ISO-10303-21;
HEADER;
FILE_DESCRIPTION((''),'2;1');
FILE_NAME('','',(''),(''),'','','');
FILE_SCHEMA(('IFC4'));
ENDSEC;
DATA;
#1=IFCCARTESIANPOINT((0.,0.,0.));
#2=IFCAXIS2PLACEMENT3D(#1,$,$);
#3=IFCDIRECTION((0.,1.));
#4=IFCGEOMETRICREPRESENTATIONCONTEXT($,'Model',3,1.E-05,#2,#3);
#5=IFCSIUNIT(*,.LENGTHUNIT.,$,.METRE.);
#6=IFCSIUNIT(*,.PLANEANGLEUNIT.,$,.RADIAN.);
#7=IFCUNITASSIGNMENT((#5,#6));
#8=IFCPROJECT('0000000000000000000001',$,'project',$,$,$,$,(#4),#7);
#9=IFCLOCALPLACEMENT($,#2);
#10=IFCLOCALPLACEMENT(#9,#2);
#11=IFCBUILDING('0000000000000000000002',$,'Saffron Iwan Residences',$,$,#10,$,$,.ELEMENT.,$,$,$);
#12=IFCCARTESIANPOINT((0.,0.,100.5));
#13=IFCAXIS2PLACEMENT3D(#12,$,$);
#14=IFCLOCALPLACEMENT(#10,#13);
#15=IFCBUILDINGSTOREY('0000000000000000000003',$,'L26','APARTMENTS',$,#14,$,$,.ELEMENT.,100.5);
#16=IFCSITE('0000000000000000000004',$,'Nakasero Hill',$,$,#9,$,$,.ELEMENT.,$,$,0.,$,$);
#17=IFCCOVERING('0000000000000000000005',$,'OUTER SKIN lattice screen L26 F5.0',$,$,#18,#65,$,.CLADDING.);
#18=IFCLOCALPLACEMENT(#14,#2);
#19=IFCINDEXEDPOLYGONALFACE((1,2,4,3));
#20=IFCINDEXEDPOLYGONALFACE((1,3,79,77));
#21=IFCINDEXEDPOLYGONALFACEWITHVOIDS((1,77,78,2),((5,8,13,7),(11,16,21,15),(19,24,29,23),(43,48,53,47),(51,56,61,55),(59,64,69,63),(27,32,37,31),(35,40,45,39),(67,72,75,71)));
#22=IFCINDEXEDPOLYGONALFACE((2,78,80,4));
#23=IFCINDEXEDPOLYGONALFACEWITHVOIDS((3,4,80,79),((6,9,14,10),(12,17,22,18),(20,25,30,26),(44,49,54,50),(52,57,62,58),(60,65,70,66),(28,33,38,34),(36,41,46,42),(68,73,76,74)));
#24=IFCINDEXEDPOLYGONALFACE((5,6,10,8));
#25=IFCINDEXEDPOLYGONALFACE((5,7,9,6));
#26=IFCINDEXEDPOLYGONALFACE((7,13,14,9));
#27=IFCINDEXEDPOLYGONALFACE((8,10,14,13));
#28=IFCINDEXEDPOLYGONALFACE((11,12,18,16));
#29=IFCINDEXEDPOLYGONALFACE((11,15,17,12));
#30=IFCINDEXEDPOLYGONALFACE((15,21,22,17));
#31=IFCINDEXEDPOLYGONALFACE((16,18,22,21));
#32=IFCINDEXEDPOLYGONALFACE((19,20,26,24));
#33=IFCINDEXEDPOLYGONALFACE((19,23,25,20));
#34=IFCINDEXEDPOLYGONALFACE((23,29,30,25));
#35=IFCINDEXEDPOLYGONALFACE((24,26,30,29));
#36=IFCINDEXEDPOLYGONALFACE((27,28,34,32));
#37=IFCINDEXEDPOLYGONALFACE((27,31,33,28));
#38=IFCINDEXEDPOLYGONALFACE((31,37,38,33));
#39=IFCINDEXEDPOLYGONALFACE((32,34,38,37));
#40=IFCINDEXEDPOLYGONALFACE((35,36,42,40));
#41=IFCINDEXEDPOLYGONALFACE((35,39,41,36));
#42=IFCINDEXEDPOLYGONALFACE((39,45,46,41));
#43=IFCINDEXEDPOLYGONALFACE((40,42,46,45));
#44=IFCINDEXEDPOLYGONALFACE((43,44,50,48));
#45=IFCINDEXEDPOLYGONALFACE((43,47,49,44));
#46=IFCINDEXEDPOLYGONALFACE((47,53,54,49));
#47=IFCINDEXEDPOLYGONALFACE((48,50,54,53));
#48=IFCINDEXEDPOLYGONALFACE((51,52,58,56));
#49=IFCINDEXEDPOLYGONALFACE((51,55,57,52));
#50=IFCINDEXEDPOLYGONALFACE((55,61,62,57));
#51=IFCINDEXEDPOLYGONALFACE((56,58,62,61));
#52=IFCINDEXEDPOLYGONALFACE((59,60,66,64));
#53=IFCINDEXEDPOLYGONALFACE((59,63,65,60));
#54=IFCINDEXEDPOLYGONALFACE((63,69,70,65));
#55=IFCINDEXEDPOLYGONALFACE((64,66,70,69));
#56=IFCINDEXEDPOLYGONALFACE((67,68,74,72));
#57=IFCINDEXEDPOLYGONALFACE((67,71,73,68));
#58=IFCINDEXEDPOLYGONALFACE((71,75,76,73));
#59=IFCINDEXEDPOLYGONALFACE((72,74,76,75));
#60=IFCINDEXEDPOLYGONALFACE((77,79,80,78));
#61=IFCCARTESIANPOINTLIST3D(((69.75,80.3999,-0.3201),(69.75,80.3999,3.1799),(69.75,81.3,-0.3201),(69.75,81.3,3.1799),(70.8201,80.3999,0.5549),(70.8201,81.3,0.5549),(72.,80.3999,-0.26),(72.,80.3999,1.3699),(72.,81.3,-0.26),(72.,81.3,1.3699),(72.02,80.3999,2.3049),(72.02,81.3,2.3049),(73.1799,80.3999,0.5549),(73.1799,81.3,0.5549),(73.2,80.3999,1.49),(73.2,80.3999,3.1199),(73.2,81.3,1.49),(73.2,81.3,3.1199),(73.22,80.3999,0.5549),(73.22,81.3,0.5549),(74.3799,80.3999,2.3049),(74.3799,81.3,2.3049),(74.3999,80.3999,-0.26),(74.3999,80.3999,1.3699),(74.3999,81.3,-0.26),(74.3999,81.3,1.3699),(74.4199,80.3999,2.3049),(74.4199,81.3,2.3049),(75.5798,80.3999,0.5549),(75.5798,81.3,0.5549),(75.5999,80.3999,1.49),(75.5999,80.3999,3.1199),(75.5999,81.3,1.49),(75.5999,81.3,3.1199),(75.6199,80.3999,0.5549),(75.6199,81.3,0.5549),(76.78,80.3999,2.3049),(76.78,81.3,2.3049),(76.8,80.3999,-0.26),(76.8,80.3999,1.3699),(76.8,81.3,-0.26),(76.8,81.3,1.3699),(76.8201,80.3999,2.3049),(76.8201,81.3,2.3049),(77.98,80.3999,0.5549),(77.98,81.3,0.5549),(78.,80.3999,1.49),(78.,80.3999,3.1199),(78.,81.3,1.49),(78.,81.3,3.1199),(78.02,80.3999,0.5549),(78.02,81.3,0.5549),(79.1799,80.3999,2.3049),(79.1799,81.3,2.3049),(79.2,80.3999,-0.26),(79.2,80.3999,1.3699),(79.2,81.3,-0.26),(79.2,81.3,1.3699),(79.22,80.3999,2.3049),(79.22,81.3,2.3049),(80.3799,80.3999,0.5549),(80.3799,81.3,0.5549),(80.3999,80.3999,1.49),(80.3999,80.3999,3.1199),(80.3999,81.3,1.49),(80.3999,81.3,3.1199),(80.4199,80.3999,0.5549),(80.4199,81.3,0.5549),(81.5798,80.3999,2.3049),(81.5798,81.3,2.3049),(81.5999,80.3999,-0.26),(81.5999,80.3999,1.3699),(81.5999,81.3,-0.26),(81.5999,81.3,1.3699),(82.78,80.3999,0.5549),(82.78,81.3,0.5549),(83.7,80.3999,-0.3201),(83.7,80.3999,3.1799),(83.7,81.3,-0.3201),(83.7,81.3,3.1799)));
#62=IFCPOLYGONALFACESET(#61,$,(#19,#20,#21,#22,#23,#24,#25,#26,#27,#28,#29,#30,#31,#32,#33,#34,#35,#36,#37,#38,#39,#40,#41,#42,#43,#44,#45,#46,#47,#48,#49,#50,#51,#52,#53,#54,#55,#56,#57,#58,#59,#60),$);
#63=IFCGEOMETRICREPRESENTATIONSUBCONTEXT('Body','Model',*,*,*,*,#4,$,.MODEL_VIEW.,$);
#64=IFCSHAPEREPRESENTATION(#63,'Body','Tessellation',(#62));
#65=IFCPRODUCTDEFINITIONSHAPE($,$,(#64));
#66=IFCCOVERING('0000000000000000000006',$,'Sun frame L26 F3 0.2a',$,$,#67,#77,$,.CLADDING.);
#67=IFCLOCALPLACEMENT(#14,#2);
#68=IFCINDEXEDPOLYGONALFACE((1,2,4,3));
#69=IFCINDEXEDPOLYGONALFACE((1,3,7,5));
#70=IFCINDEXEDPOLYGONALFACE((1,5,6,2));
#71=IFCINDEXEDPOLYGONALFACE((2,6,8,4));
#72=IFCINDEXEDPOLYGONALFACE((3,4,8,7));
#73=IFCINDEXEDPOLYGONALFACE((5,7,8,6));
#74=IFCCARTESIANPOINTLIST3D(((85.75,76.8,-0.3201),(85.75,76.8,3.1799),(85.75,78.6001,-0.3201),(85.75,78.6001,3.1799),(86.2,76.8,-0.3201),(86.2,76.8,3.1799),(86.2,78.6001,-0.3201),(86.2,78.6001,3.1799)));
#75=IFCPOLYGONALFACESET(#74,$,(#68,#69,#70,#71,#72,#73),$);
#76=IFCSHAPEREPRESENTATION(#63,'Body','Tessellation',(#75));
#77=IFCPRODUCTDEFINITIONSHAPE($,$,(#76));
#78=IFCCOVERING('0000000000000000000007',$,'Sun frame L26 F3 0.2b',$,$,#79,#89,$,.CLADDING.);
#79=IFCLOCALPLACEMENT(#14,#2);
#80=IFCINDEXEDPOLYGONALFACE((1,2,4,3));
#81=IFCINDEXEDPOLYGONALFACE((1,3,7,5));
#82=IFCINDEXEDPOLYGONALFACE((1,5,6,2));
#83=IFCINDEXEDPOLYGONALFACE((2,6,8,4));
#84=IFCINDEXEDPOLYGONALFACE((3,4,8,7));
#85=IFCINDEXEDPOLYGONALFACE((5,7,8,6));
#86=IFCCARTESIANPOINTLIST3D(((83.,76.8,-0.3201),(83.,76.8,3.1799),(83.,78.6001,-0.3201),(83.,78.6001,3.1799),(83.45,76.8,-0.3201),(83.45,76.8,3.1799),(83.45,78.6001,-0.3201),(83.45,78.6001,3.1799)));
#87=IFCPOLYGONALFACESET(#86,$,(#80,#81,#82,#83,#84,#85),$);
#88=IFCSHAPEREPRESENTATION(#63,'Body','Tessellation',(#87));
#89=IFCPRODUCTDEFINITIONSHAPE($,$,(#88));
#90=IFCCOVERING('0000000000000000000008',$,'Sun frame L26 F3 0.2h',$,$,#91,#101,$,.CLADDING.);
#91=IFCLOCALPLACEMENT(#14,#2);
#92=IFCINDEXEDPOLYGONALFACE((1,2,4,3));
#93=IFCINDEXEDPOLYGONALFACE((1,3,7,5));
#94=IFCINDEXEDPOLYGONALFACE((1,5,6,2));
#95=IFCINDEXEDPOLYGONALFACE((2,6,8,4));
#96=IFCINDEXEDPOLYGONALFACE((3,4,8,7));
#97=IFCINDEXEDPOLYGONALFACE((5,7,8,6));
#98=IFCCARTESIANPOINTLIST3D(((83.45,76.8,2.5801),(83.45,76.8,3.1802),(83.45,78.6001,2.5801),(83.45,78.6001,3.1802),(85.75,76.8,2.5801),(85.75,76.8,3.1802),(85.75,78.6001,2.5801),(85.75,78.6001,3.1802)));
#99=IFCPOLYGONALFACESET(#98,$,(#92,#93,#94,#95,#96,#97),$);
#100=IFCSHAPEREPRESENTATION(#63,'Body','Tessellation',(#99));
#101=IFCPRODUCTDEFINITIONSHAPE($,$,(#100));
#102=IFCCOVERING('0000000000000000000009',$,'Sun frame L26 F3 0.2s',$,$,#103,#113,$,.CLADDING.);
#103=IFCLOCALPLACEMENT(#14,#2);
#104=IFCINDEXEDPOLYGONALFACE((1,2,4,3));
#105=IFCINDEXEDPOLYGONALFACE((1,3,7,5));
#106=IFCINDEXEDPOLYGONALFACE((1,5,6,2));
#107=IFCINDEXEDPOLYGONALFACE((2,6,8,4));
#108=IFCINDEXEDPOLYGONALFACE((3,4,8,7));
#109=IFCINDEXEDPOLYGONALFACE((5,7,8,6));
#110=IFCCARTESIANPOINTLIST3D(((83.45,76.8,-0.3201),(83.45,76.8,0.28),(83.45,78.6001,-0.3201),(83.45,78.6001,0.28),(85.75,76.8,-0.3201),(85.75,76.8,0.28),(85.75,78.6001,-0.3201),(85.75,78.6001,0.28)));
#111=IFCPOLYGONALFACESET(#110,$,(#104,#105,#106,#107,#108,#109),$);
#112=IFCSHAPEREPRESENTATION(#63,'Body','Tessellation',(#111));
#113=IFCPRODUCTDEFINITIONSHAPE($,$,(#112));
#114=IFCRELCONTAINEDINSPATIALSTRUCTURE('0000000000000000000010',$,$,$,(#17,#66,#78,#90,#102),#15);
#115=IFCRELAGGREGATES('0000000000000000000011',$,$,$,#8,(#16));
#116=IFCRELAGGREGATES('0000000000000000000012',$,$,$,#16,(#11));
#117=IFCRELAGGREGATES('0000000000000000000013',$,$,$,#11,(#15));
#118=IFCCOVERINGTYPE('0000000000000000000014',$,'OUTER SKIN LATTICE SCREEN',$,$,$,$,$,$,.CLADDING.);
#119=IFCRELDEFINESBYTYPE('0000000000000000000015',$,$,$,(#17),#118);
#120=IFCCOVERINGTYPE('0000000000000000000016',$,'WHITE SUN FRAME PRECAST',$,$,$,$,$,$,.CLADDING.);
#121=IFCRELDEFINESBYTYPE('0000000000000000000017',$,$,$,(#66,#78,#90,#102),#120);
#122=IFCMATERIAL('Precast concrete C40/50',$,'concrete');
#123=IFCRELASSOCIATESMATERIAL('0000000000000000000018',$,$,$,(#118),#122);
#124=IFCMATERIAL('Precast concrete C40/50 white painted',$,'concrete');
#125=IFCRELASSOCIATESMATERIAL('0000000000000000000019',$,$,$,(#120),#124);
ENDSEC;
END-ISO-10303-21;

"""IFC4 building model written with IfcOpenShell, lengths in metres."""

from ifc_helpers import new_model, si_unit, direction, frame, origin, place, context, subcontext, project, spatial, polyline, outline, extrude, material, type_object, element, save


model = new_model("IFC4")

# Units and contexts
model_context = context("Model", 3, precision=1e-05, world=origin(), true_north=direction((0.0, 1.0)))
body_context = subcontext(model_context, "Body", "Model", "MODEL_VIEW")
ifc_project = project(units=[si_unit("LENGTHUNIT", "METRE"), si_unit("PLANEANGLEUNIT", "RADIAN")], contexts=[model_context])

# Site, building, storey
site_placement = place(None, origin())
site = spatial("IfcSite", under=ifc_project, at=site_placement, Name="Nakasero Hill", CompositionType="ELEMENT", RefElevation=0.0)
building_placement = place(site_placement, origin())
building = spatial("IfcBuilding", under=site, at=building_placement, Name="Saffron Iwan Residences", CompositionType="ELEMENT")
storey_placement = place(building_placement, frame((0.0, 0.0, 100.5)))
storey = spatial("IfcBuildingStorey", under=building, at=storey_placement, Name="L26", Description="APARTMENTS", CompositionType="ELEMENT", Elevation=100.5)

# Coverings
ifc_material_1 = material(Name="Precast concrete C40/50", Category="concrete")
covering_type_1 = type_object("IfcCoveringType", Name="OUTER SKIN LATTICE SCREEN", PredefinedType="CLADDING", material=ifc_material_1)
covering_1_placement = place(storey_placement, frame((83.7, 80.3999, -0.3201), z_axis=(0.0, 1.0, 0.0), x_axis=(-1.0, 0.0, 0.0)))
element("IfcCovering", 1, at=covering_1_placement, inside=storey, type_object=covering_type_1, Name="OUTER SKIN lattice screen L26 F5.0", PredefinedType="CLADDING", context=body_context, shape_type="SweptSolid", body=[
    extrude(outline(polyline([(0.0, 0.0), (13.95, 0.0), (13.95, 3.5), (0.0, 3.5), (0.0, 0.0)]), holes=[polyline([(0.9199, 0.875), (2.1001, 0.0601), (3.28, 0.875), (2.1001, 1.6899), (0.9199, 0.875)]), polyline([(3.3201, 0.875), (4.5, 0.0601), (5.6799, 0.875), (4.5, 1.6899), (3.3201, 0.875)]), polyline([(5.72, 0.875), (6.8999, 0.0601), (8.0801, 0.875), (6.8999, 1.6899), (5.72, 0.875)]), polyline([(8.1201, 0.875), (9.3, 0.0601), (10.48, 0.875), (9.3, 1.6899), (8.1201, 0.875)]), polyline([(10.52, 0.875), (11.7, 0.0601), (12.8799, 0.875), (11.7, 1.6899), (10.52, 0.875)]), polyline([(2.1201, 2.625), (3.3, 1.8101), (4.48, 2.625), (3.3, 3.4399), (2.1201, 2.625)]), polyline([(4.52, 2.625), (5.7, 1.8101), (6.8799, 2.625), (5.7, 3.4399), (4.52, 2.625)]), polyline([(6.9199, 2.625), (8.1001, 1.8101), (9.28, 2.625), (8.1001, 3.4399), (6.9199, 2.625)]), polyline([(9.3201, 2.625), (10.5, 1.8101), (11.6799, 2.625), (10.5, 3.4399), (9.3201, 2.625)])]), origin(), (0.0, 0.0, 1.0), 0.9001),
])
ifc_material_2 = material(Name="Precast concrete C40/50 white painted", Category="concrete")
covering_type_2 = type_object("IfcCoveringType", Name="WHITE SUN FRAME PRECAST", PredefinedType="CLADDING", material=ifc_material_2)
for number, where, z_axis, x_axis, name in (
    (2, (86.2, 76.8, -0.3201), (0.0, 1.0, 0.0), (-1.0, 0.0, 0.0), "Sun frame L26 F3 0.2a"),
    (3, (83.45, 76.8, -0.3201), (0.0, 1.0, 0.0), (-1.0, 0.0, 0.0), "Sun frame L26 F3 0.2b"),
):
    element("IfcCovering", number, at=place(storey_placement, frame(where, z_axis=z_axis, x_axis=x_axis)), inside=storey, type_object=covering_type_2, Name=name, PredefinedType="CLADDING", context=body_context, shape_type="SweptSolid", body=[
        extrude(outline(polyline([(0.0, 0.0), (0.45, 0.0), (0.45, 3.5), (0.0, 3.5), (0.0, 0.0)])), origin(), (0.0, 0.0, 1.0), 1.8),
    ])
for number, where, z_axis, x_axis, name in (
    (4, (85.75, 76.8, 2.5801), (0.0, 1.0, 0.0), (-1.0, 0.0, 0.0), "Sun frame L26 F3 0.2h"),
    (5, (85.75, 76.8, -0.3201), (0.0, 1.0, 0.0), (-1.0, 0.0, 0.0), "Sun frame L26 F3 0.2s"),
):
    element("IfcCovering", number, at=place(storey_placement, frame(where, z_axis=z_axis, x_axis=x_axis)), inside=storey, type_object=covering_type_2, Name=name, PredefinedType="CLADDING", context=body_context, shape_type="SweptSolid", body=[
        extrude(outline(polyline([(0.0, 0.0), (2.3, 0.0), (2.3, 0.6001), (0.0, 0.6001), (0.0, 0.0)])), origin(), (0.0, 0.0, 1.0), 1.8),
    ])

save(model, "model.ifc")
